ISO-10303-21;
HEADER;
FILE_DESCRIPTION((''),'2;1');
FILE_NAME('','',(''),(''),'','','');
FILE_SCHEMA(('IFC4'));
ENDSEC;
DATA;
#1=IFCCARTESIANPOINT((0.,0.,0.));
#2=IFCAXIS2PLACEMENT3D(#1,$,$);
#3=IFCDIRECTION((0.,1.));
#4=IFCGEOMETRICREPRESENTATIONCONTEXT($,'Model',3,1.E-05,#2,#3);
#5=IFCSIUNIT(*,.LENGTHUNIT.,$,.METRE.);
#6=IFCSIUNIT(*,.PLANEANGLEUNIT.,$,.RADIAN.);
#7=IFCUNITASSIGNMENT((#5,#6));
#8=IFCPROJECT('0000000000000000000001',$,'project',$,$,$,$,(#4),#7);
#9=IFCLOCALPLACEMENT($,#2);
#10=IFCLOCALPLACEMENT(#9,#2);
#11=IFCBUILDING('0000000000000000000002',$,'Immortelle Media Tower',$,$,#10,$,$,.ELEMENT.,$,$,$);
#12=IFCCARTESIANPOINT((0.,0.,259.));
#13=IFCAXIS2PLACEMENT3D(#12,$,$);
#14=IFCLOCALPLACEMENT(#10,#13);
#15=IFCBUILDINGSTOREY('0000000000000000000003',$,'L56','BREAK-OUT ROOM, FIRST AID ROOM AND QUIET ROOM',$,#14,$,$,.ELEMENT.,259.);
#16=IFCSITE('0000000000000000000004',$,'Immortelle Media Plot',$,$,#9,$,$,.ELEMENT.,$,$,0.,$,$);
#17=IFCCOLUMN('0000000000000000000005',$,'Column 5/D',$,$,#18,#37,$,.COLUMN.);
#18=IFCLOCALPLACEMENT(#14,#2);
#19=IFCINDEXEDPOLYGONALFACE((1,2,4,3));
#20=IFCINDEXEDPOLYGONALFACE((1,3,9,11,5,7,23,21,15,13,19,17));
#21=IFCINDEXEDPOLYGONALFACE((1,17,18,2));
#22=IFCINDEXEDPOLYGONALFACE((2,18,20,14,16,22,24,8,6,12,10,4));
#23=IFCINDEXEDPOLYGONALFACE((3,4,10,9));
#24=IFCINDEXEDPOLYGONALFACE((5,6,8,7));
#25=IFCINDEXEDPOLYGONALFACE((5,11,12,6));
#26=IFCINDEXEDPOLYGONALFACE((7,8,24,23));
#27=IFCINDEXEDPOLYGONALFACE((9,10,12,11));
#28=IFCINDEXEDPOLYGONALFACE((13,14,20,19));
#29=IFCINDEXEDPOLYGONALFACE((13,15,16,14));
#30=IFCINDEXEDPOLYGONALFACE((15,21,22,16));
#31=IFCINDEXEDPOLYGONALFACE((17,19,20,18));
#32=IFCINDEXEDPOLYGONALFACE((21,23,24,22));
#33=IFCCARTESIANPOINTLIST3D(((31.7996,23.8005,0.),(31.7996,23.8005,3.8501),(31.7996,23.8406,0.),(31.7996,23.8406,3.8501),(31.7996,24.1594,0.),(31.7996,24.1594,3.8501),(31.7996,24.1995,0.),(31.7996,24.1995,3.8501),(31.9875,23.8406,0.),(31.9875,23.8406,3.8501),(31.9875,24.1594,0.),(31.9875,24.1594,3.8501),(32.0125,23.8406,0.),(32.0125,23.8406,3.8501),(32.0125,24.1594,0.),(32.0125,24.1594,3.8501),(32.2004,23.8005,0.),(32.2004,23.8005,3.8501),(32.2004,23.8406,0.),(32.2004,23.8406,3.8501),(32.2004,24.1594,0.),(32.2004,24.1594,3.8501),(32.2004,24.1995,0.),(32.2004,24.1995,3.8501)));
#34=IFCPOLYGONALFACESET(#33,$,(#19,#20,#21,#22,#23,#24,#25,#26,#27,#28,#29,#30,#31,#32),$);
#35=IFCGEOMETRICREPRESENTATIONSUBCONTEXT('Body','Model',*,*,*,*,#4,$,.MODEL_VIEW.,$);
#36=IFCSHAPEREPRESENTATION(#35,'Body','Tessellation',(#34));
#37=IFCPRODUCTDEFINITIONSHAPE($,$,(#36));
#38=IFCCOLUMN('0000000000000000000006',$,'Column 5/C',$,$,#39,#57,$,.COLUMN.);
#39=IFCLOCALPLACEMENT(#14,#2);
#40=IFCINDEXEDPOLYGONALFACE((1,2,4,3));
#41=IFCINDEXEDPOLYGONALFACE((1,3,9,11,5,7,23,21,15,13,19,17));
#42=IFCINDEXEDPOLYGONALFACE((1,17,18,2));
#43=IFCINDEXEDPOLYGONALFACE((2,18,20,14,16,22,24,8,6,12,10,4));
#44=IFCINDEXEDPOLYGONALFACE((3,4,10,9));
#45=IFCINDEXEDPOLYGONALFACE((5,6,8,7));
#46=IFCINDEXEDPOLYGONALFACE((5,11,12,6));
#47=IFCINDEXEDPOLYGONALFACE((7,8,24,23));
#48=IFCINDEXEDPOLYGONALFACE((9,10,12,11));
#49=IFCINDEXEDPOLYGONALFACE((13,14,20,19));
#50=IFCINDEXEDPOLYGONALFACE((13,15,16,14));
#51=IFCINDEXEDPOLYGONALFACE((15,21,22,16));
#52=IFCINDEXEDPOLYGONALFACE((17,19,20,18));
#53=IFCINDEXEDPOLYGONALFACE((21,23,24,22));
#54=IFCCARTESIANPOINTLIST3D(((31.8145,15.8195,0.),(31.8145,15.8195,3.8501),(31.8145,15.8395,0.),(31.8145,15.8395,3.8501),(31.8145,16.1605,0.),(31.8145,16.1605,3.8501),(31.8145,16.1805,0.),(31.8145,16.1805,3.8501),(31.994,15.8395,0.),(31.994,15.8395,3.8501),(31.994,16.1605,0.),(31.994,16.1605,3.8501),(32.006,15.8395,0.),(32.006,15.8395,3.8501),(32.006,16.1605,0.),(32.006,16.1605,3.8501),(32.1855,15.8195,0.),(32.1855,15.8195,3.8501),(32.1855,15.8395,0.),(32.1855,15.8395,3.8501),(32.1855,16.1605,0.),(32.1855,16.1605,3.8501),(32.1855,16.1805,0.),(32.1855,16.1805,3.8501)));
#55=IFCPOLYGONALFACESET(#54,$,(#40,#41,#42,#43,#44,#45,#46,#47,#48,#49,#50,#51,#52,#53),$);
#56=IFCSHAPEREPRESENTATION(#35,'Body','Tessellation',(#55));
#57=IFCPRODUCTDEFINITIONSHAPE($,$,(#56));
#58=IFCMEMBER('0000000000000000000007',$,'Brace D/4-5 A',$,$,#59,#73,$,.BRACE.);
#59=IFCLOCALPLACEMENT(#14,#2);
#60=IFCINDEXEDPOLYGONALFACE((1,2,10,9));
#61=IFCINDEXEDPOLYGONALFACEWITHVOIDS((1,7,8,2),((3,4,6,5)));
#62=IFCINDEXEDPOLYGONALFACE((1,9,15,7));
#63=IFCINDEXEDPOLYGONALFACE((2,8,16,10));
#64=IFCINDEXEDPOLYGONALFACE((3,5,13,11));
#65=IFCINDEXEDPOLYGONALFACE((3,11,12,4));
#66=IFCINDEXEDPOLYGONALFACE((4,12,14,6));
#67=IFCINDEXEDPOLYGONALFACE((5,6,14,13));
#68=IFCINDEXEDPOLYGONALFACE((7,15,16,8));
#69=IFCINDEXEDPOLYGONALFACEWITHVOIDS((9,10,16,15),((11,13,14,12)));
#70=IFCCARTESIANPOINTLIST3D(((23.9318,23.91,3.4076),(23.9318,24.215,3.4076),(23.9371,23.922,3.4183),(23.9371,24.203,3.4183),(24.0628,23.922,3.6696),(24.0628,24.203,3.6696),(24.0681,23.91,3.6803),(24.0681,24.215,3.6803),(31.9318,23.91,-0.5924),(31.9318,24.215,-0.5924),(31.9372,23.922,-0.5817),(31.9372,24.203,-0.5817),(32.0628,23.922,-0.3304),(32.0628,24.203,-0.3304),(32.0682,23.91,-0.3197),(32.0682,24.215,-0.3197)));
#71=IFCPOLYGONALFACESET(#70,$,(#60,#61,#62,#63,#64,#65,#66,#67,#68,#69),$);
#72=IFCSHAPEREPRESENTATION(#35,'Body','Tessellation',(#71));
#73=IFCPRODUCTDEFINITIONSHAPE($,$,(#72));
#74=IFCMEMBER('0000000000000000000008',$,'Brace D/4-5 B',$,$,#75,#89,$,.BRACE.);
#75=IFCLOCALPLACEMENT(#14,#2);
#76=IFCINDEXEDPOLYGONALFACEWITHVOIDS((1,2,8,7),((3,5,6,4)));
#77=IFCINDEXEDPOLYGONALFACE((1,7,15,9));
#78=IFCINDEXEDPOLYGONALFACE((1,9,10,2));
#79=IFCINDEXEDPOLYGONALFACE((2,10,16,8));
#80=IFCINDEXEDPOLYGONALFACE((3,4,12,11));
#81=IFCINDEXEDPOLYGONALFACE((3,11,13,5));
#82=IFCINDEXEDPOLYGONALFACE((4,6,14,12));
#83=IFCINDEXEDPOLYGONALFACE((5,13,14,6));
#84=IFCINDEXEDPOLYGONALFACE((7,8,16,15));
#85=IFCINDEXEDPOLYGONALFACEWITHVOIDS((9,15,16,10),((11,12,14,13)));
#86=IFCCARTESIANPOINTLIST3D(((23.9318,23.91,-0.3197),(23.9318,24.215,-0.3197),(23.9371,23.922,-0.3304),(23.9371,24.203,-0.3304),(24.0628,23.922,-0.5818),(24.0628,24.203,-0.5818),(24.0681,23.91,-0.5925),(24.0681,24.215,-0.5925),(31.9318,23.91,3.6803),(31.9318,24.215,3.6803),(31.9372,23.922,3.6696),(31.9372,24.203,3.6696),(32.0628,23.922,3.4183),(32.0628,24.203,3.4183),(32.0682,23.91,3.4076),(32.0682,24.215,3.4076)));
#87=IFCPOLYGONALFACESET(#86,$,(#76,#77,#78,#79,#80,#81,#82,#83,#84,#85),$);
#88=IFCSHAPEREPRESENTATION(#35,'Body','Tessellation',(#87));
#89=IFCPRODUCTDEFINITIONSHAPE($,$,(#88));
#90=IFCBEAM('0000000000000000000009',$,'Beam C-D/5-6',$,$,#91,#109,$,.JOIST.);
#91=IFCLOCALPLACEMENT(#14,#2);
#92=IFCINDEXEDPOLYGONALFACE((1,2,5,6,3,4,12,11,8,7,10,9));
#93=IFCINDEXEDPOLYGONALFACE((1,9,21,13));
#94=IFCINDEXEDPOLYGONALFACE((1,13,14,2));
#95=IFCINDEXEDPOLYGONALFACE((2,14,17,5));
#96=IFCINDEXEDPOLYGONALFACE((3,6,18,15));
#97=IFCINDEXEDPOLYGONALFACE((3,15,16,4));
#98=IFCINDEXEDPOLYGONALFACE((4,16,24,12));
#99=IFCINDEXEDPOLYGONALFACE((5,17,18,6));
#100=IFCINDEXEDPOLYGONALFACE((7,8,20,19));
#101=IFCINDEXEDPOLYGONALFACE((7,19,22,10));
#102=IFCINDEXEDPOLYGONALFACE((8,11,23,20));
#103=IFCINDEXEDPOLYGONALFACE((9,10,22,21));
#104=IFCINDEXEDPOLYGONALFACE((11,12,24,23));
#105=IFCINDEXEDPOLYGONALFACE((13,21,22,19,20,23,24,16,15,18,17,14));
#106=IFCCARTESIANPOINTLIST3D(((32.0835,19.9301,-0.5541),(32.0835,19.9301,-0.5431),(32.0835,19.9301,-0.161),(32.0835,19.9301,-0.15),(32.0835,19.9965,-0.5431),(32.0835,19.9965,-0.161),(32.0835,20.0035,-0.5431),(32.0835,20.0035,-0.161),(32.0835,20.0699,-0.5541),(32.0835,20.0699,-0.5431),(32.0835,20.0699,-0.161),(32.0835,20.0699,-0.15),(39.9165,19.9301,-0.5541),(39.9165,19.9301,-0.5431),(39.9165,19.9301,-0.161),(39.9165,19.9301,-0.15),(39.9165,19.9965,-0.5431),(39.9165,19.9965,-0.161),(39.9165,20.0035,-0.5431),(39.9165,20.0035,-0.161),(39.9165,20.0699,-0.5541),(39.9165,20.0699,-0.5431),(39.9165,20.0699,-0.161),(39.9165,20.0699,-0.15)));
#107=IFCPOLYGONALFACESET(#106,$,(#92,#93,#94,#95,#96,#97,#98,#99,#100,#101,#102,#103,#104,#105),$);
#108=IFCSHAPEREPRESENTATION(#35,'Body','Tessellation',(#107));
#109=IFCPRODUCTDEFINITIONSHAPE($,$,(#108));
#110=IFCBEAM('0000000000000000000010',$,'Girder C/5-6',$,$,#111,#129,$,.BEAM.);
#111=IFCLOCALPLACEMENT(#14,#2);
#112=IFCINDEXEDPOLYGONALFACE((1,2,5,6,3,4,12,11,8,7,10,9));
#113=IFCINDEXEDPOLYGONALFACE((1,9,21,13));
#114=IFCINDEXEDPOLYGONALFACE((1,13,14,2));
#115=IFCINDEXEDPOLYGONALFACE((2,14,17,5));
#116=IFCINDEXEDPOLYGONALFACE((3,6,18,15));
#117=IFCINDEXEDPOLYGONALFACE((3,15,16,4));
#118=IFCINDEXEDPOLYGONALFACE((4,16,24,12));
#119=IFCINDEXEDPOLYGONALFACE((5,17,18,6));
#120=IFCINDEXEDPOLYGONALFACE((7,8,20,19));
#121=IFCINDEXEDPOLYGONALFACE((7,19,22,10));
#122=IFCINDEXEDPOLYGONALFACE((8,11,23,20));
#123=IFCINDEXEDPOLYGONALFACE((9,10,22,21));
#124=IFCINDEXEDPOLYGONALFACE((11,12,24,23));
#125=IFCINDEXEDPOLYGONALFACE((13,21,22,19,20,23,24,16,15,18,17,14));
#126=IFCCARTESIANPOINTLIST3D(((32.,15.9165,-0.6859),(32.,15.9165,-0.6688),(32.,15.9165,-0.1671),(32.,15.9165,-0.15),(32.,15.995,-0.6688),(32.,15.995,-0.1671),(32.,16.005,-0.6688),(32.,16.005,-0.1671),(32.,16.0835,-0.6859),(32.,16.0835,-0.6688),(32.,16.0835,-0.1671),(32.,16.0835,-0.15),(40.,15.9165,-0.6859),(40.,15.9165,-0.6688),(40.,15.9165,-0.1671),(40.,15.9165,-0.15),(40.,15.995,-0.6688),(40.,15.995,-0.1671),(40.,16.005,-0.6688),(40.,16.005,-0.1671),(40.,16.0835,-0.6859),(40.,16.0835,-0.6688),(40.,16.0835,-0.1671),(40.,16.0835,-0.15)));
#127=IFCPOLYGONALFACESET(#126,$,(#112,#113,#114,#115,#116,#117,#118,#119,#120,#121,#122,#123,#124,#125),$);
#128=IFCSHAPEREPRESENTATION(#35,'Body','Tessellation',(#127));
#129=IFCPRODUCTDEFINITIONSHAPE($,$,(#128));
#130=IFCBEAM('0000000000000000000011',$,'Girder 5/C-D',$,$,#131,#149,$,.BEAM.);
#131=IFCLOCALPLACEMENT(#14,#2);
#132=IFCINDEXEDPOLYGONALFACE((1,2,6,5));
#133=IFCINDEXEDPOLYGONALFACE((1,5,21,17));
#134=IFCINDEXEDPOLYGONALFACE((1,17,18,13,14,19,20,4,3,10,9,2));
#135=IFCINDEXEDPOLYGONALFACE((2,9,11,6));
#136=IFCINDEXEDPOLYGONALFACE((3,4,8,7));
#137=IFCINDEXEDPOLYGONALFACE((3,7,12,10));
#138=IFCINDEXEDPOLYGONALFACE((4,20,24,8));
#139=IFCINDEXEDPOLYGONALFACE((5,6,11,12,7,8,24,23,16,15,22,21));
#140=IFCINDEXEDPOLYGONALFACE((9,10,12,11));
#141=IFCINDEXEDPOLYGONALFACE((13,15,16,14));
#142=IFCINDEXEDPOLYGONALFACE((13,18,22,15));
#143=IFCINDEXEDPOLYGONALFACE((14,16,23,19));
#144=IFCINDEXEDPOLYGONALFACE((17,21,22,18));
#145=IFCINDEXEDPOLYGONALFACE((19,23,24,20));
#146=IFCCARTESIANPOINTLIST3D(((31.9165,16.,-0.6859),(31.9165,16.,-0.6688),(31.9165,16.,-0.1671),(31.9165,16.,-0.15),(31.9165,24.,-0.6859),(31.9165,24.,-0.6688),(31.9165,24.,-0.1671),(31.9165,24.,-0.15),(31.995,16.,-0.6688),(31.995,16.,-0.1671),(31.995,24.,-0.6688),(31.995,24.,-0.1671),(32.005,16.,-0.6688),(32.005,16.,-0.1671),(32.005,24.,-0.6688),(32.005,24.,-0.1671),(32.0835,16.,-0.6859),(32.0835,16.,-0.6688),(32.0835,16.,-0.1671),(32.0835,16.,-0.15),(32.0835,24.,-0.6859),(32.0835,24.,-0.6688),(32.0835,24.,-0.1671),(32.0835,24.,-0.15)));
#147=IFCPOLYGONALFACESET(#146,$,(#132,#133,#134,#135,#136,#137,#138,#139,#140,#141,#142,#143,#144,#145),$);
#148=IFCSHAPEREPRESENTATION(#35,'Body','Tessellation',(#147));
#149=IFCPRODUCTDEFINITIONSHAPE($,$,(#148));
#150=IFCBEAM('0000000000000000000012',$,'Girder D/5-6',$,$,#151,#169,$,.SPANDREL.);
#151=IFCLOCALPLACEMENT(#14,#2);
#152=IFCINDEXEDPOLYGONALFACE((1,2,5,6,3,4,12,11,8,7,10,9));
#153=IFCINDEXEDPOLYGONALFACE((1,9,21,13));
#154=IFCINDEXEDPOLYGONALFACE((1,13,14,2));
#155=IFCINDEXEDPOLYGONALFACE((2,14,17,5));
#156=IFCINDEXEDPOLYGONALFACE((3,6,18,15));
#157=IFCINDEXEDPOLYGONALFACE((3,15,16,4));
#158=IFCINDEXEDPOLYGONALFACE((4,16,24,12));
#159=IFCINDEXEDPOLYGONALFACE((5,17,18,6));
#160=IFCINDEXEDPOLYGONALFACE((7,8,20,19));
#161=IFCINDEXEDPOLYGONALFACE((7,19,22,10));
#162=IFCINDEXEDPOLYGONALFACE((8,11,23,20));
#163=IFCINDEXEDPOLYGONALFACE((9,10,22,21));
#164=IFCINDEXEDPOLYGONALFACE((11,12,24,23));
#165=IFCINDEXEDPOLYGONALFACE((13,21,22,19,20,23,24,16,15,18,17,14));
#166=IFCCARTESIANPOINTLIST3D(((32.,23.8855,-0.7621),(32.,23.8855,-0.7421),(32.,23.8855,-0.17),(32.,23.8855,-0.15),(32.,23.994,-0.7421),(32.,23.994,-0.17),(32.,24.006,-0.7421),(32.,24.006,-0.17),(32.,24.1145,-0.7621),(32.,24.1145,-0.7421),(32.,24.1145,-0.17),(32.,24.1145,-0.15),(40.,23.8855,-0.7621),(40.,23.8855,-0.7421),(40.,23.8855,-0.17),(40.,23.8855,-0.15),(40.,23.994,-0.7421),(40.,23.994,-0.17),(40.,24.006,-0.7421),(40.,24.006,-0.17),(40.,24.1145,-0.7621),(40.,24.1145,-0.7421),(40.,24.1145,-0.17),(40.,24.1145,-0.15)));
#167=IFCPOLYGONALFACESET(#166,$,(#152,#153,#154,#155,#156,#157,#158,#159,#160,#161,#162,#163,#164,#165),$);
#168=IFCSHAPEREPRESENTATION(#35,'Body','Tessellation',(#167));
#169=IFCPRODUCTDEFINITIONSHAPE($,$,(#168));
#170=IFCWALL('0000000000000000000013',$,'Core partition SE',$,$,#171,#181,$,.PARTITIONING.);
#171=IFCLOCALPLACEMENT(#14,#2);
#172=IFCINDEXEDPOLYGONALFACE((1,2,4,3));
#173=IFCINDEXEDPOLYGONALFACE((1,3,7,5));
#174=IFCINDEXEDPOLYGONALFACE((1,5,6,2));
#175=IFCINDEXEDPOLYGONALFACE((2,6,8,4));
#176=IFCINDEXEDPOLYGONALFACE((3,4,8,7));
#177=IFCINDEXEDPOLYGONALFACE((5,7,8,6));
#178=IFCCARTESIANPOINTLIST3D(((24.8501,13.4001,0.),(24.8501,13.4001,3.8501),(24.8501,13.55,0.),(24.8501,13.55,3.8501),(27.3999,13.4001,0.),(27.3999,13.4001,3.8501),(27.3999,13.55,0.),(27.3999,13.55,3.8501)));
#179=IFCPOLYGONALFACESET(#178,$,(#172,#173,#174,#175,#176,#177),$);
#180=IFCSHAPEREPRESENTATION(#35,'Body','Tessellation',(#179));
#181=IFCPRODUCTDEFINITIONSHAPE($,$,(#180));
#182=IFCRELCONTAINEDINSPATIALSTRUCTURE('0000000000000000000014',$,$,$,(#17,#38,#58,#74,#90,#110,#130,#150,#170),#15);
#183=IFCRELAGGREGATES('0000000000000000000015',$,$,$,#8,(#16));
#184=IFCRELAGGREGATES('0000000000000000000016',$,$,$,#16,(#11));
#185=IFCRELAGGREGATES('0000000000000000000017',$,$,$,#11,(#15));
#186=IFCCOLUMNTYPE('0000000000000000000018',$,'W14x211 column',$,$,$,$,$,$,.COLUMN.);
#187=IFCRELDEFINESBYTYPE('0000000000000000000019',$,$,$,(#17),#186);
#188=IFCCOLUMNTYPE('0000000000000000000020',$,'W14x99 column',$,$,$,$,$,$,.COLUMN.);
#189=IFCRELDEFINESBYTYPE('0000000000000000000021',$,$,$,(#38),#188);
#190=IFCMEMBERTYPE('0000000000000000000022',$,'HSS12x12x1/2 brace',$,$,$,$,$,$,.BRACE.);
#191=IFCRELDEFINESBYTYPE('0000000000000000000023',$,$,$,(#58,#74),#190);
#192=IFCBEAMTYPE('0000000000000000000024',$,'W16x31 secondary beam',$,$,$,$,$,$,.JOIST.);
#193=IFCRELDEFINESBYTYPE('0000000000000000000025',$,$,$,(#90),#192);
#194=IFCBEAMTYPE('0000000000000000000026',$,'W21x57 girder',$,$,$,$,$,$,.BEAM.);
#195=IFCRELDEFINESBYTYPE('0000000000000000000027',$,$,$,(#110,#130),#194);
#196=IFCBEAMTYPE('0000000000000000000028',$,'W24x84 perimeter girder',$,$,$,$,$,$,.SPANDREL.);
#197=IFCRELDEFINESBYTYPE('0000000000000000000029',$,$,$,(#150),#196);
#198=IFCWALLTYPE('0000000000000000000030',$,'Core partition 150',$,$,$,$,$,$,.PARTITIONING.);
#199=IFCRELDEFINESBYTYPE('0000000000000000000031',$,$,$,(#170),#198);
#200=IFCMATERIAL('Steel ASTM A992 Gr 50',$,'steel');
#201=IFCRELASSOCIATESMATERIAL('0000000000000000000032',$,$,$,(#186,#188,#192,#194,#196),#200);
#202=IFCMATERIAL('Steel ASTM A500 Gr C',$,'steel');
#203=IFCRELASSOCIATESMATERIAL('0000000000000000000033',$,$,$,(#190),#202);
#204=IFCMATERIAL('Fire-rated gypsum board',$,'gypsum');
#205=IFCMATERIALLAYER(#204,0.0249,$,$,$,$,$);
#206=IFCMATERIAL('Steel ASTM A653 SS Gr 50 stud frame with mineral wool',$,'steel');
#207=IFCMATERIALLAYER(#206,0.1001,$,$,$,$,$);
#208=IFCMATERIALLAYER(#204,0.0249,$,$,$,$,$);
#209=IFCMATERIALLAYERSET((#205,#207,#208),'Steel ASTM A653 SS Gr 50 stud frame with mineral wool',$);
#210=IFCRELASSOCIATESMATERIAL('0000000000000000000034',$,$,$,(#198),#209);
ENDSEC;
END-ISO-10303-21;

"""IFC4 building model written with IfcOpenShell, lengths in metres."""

from ifc_helpers import new_model, si_unit, direction, frame, frame_2d, origin, origin_2d, place, context, subcontext, project, spatial, rectangle, hollow_rectangle, i_section, extrude, material, layer, layer_set, material_profile, profile_set, type_object, element, save


model = new_model("IFC4")

# Units and contexts
model_context = context("Model", 3, precision=1e-05, world=origin(), true_north=direction((0.0, 1.0)))
body_context = subcontext(model_context, "Body", "Model", "MODEL_VIEW")
ifc_project = project(units=[si_unit("LENGTHUNIT", "METRE"), si_unit("PLANEANGLEUNIT", "RADIAN")], contexts=[model_context])

# Site, building, storey
site_placement = place(None, origin())
site = spatial("IfcSite", under=ifc_project, at=site_placement, Name="Immortelle Media Plot", CompositionType="ELEMENT", RefElevation=0.0)
building_placement = place(site_placement, origin())
building = spatial("IfcBuilding", under=site, at=building_placement, Name="Immortelle Media Tower", CompositionType="ELEMENT")
storey_placement = place(building_placement, frame((0.0, 0.0, 259.0)))
storey = spatial("IfcBuildingStorey", under=building, at=storey_placement, Name="L56", Description="BREAK-OUT ROOM, FIRST AID ROOM AND QUIET ROOM", CompositionType="ELEMENT", Elevation=259.0)

# Columns
ifc_material_1 = material(Name="Steel ASTM A992 Gr 50", Category="steel")
ifc_material_profile_1 = material_profile(ifc_material_1, i_section(OverallWidth=0.4009, OverallDepth=0.3989, WebThickness=0.0249, FlangeThickness=0.04, at=origin_2d()), Name="W14x211")
ifc_profile_set_1 = profile_set([ifc_material_profile_1], Name="Steel ASTM A992 Gr 50")
column_type_1 = type_object("IfcColumnType", Name="W14x211 column", PredefinedType="COLUMN", material=ifc_profile_set_1)
column_1_placement = place(storey_placement, frame((32.0, 24.0, 0.0), z_axis=(0.0, 0.0, 1.0), x_axis=(1.0, 0.0, 0.0)))
element("IfcColumn", 1, at=column_1_placement, inside=storey, type_object=column_type_1, Name="Column 5/D", PredefinedType="COLUMN", context=body_context, shape_type="SweptSolid", body=[
    extrude(i_section(OverallWidth=0.4009, OverallDepth=0.3989, WebThickness=0.0249, FlangeThickness=0.04, at=origin_2d()), origin(), (0.0, 0.0, 1.0), 3.8501),
])
ifc_material_profile_2 = material_profile(ifc_material_1, i_section(OverallWidth=0.3711, OverallDepth=0.3611, WebThickness=0.012, FlangeThickness=0.02, at=origin_2d()), Name="W14x99")
ifc_profile_set_2 = profile_set([ifc_material_profile_2], Name="Steel ASTM A992 Gr 50")
column_type_2 = type_object("IfcColumnType", Name="W14x99 column", PredefinedType="COLUMN", material=ifc_profile_set_2)
column_2_placement = place(storey_placement, frame((32.0, 16.0, 0.0), z_axis=(0.0, 0.0, 1.0), x_axis=(1.0, 0.0, 0.0)))
element("IfcColumn", 2, at=column_2_placement, inside=storey, type_object=column_type_2, Name="Column 5/C", PredefinedType="COLUMN", context=body_context, shape_type="SweptSolid", body=[
    extrude(i_section(OverallWidth=0.3711, OverallDepth=0.3611, WebThickness=0.012, FlangeThickness=0.02, at=origin_2d()), origin(), (0.0, 0.0, 1.0), 3.8501),
])

# Members
ifc_material_2 = material(Name="Steel ASTM A500 Gr C", Category="steel")
ifc_material_profile_3 = material_profile(ifc_material_2, hollow_rectangle(XDim=0.3049, YDim=0.3049, WallThickness=0.012, at=origin_2d()), Name="HSS12x12x1/2 brace")
ifc_profile_set_3 = profile_set([ifc_material_profile_3], Name="Steel ASTM A500 Gr C")
member_type = type_object("IfcMemberType", Name="HSS12x12x1/2 brace", PredefinedType="BRACE", material=ifc_profile_set_3)
for number, where, z_axis, x_axis, name in (
    (3, (32.0, 24.0625, -0.4561), (-0.894427, 0.0, 0.447214), (0.0, -1.0, 0.0), "Brace D/4-5 A"),
    (4, (32.0, 24.0625, 3.5439), (-0.894427, 0.0, -0.447214), (0.0, -1.0, 0.0), "Brace D/4-5 B"),
):
    element("IfcMember", number, at=place(storey_placement, frame(where, z_axis=z_axis, x_axis=x_axis)), inside=storey, type_object=member_type, Name=name, PredefinedType="BRACE", context=body_context, shape_type="SweptSolid", body=[
        extrude(hollow_rectangle(XDim=0.3049, YDim=0.3049, WallThickness=0.012, at=origin_2d()), origin(), (0.0, 0.0, 1.0), 8.9443),
    ])

# Beams
ifc_material_profile_4 = material_profile(ifc_material_1, i_section(OverallWidth=0.1399, OverallDepth=0.4041, WebThickness=0.0071, FlangeThickness=0.011, at=origin_2d()), Name="W16x31")
ifc_profile_set_4 = profile_set([ifc_material_profile_4], Name="Steel ASTM A992 Gr 50")
beam_type_1 = type_object("IfcBeamType", Name="W16x31 secondary beam", PredefinedType="JOIST", material=ifc_profile_set_4)
beam_1_placement = place(storey_placement, frame((32.0835, 20.0, -0.3521), z_axis=(1.0, 0.0, 0.0), x_axis=(0.0, 1.0, 0.0)))
element("IfcBeam", 5, at=beam_1_placement, inside=storey, type_object=beam_type_1, Name="Beam C-D/5-6", PredefinedType="JOIST", context=body_context, shape_type="SweptSolid", body=[
    extrude(i_section(OverallWidth=0.1399, OverallDepth=0.4041, WebThickness=0.0071, FlangeThickness=0.011, at=origin_2d()), origin(), (0.0, 0.0, 1.0), 7.833),
])
ifc_material_profile_5 = material_profile(ifc_material_1, i_section(OverallWidth=0.167, OverallDepth=0.5359, WebThickness=0.01, FlangeThickness=0.0171, at=origin_2d()), Name="W21x57")
ifc_profile_set_5 = profile_set([ifc_material_profile_5], Name="Steel ASTM A992 Gr 50")
beam_type_2 = type_object("IfcBeamType", Name="W21x57 girder", PredefinedType="BEAM", material=ifc_profile_set_5)
for number, where, z_axis, x_axis, name in (
    (6, (32.0, 16.0, -0.418), (1.0, 0.0, 0.0), (0.0, 1.0, 0.0), "Girder C/5-6"),
    (7, (32.0, 16.0, -0.418), (0.0, 1.0, 0.0), (-1.0, 0.0, 0.0), "Girder 5/C-D"),
):
    element("IfcBeam", number, at=place(storey_placement, frame(where, z_axis=z_axis, x_axis=x_axis)), inside=storey, type_object=beam_type_2, Name=name, PredefinedType="BEAM", context=body_context, shape_type="SweptSolid", body=[
        extrude(i_section(OverallWidth=0.167, OverallDepth=0.5359, WebThickness=0.01, FlangeThickness=0.0171, at=origin_2d()), origin(), (0.0, 0.0, 1.0), 8.0),
    ])
ifc_material_profile_6 = material_profile(ifc_material_1, i_section(OverallWidth=0.229, OverallDepth=0.6121, WebThickness=0.012, FlangeThickness=0.02, at=origin_2d()), Name="W24x84")
ifc_profile_set_6 = profile_set([ifc_material_profile_6], Name="Steel ASTM A992 Gr 50")
beam_type_3 = type_object("IfcBeamType", Name="W24x84 perimeter girder", PredefinedType="SPANDREL", material=ifc_profile_set_6)
beam_2_placement = place(storey_placement, frame((32.0, 24.0, -0.4561), z_axis=(1.0, 0.0, 0.0), x_axis=(0.0, 1.0, 0.0)))
element("IfcBeam", 8, at=beam_2_placement, inside=storey, type_object=beam_type_3, Name="Girder D/5-6", PredefinedType="SPANDREL", context=body_context, shape_type="SweptSolid", body=[
    extrude(i_section(OverallWidth=0.229, OverallDepth=0.6121, WebThickness=0.012, FlangeThickness=0.02, at=origin_2d()), origin(), (0.0, 0.0, 1.0), 8.0),
])

# Wall
ifc_material_3 = material(Name="Fire-rated gypsum board", Category="gypsum")
ifc_layer_1 = layer(ifc_material_3, 0.0249)
ifc_material_4 = material(Name="Steel ASTM A653 SS Gr 50 stud frame with mineral wool", Category="steel")
ifc_layer_2 = layer(ifc_material_4, 0.1001)
ifc_layer_3 = layer(ifc_material_3, 0.0249)
ifc_layer_set_1 = layer_set([ifc_layer_1, ifc_layer_2, ifc_layer_3], Name="Steel ASTM A653 SS Gr 50 stud frame with mineral wool")
wall_type_1 = type_object("IfcWallType", Name="Core partition 150", PredefinedType="PARTITIONING", material=ifc_layer_set_1)
wall_1_placement = place(storey_placement, frame((24.8501, 13.4751, 0.0), z_axis=(0.0, 0.0, 1.0), x_axis=(1.0, 0.0, 0.0)))
element("IfcWall", 9, at=wall_1_placement, inside=storey, type_object=wall_type_1, Name="Core partition SE", PredefinedType="PARTITIONING", context=body_context, shape_type="SweptSolid", body=[
    extrude(rectangle(XDim=2.5498, YDim=0.1499, at=frame_2d((1.2749, 0.0))), origin(), (0.0, 0.0, 1.0), 3.8501),
])

save(model, "model.ifc")
